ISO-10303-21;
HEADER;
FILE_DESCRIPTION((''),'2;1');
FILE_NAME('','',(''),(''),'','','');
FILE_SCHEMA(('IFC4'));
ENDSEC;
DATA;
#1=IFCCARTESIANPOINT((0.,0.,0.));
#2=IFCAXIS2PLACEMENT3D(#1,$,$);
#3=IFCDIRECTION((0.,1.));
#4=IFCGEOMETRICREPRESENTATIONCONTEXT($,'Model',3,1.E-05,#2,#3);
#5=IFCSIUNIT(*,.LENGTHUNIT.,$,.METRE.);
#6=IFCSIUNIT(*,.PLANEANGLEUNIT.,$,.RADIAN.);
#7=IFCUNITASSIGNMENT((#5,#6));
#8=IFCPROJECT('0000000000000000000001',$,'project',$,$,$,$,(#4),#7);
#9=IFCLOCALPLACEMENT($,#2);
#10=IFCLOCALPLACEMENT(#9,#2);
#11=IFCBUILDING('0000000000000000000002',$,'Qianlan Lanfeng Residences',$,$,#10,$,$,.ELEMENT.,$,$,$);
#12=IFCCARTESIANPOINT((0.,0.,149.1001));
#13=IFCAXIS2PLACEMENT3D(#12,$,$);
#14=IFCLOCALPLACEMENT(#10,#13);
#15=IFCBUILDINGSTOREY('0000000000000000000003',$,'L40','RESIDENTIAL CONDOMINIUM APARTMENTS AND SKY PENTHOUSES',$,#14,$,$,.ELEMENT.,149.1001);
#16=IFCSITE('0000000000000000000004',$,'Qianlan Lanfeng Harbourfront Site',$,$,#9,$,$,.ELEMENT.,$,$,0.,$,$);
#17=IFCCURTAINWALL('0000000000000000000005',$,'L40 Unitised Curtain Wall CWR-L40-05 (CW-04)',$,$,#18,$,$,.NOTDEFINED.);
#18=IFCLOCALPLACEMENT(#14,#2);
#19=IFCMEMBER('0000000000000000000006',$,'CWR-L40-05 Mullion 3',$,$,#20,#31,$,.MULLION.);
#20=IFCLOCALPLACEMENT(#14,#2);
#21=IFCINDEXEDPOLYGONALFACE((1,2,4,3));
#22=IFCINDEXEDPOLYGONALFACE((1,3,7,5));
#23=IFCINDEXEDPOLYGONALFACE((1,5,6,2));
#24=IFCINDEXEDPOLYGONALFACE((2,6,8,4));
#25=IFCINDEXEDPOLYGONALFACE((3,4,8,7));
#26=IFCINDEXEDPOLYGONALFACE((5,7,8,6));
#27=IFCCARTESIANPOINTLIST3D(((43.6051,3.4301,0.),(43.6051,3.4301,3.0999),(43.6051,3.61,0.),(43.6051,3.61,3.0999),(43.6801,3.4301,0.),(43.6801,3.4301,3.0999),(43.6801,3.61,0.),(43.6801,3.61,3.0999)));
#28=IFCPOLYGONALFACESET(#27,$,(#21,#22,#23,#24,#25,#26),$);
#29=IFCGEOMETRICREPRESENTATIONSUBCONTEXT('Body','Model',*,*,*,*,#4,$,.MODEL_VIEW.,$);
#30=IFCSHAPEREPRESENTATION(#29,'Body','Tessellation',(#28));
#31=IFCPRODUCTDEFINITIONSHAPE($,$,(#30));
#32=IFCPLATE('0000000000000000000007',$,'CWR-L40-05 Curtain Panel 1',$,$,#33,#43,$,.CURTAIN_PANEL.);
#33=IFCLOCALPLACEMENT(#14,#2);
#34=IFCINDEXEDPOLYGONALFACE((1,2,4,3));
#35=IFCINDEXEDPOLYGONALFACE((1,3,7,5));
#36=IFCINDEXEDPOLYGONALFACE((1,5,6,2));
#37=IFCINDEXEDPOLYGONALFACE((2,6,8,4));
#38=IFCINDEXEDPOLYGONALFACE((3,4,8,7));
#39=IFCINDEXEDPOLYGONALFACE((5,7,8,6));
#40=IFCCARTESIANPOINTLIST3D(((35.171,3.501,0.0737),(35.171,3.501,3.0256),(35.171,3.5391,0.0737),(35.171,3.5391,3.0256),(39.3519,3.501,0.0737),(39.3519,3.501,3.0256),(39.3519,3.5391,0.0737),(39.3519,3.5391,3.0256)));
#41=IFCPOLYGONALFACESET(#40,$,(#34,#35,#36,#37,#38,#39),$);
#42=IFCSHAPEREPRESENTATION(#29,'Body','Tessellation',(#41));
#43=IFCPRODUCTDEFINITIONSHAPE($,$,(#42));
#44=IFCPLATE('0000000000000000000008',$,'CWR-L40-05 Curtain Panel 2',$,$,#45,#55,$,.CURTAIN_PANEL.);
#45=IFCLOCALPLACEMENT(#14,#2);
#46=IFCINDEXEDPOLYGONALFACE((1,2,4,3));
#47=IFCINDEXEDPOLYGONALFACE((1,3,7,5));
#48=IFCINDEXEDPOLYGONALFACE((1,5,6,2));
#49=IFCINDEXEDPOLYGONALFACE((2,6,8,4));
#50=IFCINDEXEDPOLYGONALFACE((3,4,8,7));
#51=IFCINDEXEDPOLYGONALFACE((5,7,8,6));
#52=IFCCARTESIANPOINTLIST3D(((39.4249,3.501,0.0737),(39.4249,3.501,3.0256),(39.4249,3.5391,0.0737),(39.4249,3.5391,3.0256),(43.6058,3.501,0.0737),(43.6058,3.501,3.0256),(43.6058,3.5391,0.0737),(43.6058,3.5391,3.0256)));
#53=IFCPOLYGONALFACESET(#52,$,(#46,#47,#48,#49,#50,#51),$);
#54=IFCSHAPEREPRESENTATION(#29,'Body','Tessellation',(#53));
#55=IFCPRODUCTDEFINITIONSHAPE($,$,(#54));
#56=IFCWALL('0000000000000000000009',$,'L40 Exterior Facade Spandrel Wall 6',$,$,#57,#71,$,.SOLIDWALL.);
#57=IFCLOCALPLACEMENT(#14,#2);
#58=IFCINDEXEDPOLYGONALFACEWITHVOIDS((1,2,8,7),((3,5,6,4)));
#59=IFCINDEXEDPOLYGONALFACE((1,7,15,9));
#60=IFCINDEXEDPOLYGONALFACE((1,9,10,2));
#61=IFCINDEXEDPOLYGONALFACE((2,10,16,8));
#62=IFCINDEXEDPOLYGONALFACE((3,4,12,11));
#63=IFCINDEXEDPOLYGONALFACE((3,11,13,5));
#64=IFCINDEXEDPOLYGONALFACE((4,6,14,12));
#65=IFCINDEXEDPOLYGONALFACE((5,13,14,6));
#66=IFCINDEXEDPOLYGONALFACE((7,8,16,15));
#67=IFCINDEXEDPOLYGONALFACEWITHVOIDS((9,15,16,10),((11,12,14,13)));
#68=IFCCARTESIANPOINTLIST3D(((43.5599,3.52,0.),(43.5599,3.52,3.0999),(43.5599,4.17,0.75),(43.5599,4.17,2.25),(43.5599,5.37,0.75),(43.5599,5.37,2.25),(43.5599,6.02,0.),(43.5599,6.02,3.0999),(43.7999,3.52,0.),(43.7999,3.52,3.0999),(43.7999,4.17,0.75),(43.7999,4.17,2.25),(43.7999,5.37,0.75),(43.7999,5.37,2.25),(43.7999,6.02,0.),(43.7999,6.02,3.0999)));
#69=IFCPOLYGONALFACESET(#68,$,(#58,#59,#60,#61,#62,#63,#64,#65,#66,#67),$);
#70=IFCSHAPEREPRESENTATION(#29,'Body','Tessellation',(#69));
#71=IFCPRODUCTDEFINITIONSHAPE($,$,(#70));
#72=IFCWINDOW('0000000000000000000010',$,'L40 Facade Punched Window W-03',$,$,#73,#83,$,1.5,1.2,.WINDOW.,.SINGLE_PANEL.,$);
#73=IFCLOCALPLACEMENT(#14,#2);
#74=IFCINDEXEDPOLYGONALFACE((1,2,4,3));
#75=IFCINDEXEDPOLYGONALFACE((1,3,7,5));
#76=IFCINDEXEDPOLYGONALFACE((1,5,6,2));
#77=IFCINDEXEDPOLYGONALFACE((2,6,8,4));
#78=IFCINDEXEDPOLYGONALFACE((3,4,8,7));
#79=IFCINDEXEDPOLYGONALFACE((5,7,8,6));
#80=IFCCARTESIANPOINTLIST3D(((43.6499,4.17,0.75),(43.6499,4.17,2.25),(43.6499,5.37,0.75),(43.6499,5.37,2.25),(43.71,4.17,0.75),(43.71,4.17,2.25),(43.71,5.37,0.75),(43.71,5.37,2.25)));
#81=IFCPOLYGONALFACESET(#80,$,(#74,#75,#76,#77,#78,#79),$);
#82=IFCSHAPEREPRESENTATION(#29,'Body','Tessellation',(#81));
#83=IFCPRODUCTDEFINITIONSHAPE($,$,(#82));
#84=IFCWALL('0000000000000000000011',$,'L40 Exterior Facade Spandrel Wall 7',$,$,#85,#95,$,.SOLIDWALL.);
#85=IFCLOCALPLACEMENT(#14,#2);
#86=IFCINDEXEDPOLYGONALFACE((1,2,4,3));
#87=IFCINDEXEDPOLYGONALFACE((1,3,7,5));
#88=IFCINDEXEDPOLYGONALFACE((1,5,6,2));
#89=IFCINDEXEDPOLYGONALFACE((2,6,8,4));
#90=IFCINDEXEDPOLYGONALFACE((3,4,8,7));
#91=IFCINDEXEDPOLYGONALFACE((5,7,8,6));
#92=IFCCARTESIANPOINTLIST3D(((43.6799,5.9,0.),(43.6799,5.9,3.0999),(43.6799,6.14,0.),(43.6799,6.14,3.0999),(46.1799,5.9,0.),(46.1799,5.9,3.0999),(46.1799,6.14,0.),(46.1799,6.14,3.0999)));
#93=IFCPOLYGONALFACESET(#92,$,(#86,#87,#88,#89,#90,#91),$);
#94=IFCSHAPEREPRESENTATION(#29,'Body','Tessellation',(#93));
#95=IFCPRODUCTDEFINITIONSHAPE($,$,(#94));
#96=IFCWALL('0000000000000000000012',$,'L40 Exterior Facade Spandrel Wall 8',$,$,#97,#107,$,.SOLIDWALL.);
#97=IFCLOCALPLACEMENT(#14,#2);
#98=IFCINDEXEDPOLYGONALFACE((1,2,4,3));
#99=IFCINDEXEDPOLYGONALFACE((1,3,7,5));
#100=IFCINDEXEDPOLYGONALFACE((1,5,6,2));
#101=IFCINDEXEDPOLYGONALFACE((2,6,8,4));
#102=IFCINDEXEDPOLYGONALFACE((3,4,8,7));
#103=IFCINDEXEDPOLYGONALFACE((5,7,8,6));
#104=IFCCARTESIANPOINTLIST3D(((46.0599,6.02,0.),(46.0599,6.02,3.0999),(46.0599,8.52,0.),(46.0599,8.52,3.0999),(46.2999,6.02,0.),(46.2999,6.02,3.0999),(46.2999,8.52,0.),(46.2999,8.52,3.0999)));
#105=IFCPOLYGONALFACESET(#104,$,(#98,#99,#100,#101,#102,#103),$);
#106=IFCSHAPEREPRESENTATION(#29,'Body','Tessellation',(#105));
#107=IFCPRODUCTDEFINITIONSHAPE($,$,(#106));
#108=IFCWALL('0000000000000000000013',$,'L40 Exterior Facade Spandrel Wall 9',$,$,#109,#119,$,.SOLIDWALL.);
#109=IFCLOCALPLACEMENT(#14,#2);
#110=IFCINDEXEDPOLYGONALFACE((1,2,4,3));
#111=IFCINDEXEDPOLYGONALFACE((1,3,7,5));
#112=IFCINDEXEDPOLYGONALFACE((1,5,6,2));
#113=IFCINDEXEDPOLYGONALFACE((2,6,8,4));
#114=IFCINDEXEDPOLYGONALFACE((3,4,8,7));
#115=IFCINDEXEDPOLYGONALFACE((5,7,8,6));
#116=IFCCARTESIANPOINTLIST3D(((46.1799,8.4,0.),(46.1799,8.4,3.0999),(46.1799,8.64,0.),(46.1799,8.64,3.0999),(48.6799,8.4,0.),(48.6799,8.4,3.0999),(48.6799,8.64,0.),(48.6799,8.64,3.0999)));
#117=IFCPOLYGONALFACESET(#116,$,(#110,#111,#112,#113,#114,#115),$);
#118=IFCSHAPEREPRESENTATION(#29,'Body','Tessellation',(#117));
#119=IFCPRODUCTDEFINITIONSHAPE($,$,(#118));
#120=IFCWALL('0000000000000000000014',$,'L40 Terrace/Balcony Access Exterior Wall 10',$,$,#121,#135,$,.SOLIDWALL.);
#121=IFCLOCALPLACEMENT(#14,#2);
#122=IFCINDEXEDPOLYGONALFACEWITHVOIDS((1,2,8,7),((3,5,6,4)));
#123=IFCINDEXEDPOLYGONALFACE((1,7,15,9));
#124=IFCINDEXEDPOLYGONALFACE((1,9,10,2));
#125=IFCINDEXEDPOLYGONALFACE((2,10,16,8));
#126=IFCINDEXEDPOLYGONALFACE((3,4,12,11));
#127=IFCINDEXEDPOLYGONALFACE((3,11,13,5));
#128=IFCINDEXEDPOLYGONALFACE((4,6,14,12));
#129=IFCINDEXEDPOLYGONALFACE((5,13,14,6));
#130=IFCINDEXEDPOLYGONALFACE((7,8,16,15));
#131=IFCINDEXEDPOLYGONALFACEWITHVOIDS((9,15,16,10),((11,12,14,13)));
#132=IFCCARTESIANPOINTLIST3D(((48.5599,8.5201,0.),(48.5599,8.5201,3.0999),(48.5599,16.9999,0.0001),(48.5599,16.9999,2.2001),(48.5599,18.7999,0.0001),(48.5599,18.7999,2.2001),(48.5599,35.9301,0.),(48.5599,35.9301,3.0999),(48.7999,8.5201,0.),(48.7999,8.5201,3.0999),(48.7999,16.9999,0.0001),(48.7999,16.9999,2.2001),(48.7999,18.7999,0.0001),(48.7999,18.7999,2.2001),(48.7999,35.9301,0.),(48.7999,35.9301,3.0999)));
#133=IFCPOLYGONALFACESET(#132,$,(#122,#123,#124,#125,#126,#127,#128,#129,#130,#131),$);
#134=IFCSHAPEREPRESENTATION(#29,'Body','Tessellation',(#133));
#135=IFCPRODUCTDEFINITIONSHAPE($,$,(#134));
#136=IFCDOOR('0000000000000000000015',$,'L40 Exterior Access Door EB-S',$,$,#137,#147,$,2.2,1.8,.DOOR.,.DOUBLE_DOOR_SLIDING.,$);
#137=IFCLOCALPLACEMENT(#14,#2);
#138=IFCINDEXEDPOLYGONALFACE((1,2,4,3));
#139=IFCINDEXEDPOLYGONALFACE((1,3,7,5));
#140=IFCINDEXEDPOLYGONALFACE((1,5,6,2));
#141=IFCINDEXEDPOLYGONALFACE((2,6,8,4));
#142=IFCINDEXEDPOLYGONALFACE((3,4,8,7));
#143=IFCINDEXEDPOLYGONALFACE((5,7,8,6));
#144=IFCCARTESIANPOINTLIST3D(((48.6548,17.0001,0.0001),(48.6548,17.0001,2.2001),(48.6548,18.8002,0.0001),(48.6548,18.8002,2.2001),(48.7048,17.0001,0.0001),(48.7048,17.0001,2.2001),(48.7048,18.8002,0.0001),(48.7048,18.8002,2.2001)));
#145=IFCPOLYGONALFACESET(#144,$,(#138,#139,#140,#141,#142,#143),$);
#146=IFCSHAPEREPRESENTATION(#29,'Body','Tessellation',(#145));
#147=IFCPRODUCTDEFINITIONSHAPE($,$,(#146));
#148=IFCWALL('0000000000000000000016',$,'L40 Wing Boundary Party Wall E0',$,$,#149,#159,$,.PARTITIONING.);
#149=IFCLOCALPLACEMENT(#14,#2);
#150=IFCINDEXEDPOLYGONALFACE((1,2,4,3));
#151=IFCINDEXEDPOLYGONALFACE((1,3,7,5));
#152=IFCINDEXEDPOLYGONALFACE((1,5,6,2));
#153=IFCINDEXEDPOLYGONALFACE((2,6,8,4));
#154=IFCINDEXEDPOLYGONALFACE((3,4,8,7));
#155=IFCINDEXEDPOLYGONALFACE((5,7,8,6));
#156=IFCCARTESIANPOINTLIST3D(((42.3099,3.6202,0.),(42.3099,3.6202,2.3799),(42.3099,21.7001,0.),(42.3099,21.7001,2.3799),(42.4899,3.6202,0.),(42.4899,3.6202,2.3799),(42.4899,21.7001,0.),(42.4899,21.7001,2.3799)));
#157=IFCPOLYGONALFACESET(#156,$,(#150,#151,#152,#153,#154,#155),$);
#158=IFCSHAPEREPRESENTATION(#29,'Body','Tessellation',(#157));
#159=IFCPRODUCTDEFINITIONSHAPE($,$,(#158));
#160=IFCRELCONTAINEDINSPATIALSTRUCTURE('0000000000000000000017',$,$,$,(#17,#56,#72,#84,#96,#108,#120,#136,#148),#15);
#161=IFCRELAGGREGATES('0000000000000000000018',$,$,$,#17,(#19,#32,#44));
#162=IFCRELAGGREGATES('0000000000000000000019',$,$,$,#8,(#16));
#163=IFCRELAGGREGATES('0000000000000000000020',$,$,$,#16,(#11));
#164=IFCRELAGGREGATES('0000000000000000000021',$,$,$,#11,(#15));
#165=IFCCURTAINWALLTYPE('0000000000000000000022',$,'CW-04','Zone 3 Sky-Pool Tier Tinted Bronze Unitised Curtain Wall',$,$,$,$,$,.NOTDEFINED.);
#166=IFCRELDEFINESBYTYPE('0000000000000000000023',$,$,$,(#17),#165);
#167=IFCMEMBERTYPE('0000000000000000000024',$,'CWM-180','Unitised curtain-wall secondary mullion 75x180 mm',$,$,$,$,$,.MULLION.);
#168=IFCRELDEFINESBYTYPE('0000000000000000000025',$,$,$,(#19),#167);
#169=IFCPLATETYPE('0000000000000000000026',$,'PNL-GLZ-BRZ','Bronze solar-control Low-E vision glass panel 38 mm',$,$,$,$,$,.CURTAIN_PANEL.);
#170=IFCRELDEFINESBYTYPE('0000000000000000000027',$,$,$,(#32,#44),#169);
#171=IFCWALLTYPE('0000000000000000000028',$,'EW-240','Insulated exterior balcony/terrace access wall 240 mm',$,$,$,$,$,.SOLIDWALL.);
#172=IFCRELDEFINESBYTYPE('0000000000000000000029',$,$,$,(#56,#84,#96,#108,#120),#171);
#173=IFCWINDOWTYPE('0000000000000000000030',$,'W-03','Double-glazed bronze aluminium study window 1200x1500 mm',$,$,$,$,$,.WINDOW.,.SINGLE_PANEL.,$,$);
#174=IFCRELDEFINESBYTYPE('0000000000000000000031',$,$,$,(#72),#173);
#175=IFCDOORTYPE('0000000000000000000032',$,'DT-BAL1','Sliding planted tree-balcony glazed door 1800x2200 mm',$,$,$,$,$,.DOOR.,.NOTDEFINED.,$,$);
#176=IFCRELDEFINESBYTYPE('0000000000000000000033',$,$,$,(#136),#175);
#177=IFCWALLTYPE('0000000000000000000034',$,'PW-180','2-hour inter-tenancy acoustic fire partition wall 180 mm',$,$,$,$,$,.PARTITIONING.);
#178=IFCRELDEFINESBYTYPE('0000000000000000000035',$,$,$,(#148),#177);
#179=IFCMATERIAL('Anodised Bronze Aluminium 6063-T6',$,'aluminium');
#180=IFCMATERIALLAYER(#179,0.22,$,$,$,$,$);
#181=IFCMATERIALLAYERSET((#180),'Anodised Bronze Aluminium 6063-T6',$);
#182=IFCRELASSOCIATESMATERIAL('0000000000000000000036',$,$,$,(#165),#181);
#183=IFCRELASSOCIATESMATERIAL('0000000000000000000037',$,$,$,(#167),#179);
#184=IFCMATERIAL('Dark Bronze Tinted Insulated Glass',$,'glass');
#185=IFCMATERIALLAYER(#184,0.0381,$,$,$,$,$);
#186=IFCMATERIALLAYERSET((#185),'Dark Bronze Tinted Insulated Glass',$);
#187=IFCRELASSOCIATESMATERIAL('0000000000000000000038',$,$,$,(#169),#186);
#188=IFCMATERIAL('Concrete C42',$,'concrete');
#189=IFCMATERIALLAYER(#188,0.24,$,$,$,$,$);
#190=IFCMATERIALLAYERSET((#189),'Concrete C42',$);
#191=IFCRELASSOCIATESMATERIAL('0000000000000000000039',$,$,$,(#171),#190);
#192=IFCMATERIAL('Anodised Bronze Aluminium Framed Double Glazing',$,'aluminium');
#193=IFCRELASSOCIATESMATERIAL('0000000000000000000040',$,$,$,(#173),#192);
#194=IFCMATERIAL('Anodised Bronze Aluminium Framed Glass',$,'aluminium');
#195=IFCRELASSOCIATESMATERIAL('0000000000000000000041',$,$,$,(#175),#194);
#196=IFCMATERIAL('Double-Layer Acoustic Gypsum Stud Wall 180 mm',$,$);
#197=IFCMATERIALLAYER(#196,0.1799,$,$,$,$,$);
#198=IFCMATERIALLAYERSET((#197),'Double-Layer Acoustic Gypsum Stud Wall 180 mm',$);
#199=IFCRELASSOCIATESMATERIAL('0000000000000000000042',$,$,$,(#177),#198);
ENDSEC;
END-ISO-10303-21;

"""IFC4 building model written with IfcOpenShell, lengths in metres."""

from ifc_helpers import new_model, si_unit, direction, frame, frame_2d, origin, origin_2d, place, context, subcontext, project, spatial, rectangle, extrude, source, transform, mapped, material, layer, layer_set, material_profile, profile_set, type_object, element, fill, aggregate, save


model = new_model("IFC4")

# Units and contexts
model_context = context("Model", 3, precision=1e-05, world=origin(), true_north=direction((0.0, 1.0)))
body_context = subcontext(model_context, "Body", "Model", "MODEL_VIEW")
ifc_project = project(units=[si_unit("LENGTHUNIT", "METRE"), si_unit("PLANEANGLEUNIT", "RADIAN")], contexts=[model_context])

# Site, building, storey
site_placement = place(None, origin())
site = spatial("IfcSite", under=ifc_project, at=site_placement, Name="Qianlan Lanfeng Harbourfront Site", CompositionType="ELEMENT", RefElevation=0.0)
building_placement = place(site_placement, origin())
building = spatial("IfcBuilding", under=site, at=building_placement, Name="Qianlan Lanfeng Residences", CompositionType="ELEMENT")
storey_placement = place(building_placement, frame((0.0, 0.0, 149.1001)))
storey = spatial("IfcBuildingStorey", under=building, at=storey_placement, Name="L40", Description="RESIDENTIAL CONDOMINIUM APARTMENTS AND SKY PENTHOUSES", CompositionType="ELEMENT", Elevation=149.1001)

# Curtain wall, member, plates
ifc_material_1 = material(Name="Anodised Bronze Aluminium 6063-T6", Category="aluminium")
ifc_layer_1 = layer(ifc_material_1, 0.22)
ifc_layer_set_1 = layer_set([ifc_layer_1], Name="Anodised Bronze Aluminium 6063-T6")
curtain_wall_type = type_object("IfcCurtainWallType", Name="CW-04", Description="Zone 3 Sky-Pool Tier Tinted Bronze Unitised Curtain Wall", PredefinedType="NOTDEFINED", material=ifc_layer_set_1)
curtain_wall_placement = place(storey_placement, origin())
curtain_wall = element("IfcCurtainWall", 1, at=curtain_wall_placement, inside=storey, type_object=curtain_wall_type, Name="L40 Unitised Curtain Wall CWR-L40-05 (CW-04)", PredefinedType="NOTDEFINED")
ifc_material_profile_1 = material_profile(ifc_material_1, rectangle(XDim=0.075, YDim=0.1799, at=origin_2d()), Name="ALU MULLION 75x180")
ifc_profile_set_1 = profile_set([ifc_material_profile_1], Name="Anodised Bronze Aluminium 6063-T6")
member_type_1 = type_object("IfcMemberType", Name="CWM-180", Description="Unitised curtain-wall secondary mullion 75x180 mm", PredefinedType="MULLION", material=ifc_profile_set_1)
shared_shape_1 = source(origin(), body_context, "Body", "SweptSolid", [
    extrude(rectangle(XDim=0.075, YDim=0.1799, at=origin_2d()), origin(), (0.0, 0.0, 1.0), 3.0999),
])
member_1_placement = place(storey_placement, frame((43.6426, 3.52, 0.0), z_axis=(0.0, 0.0, 1.0), x_axis=(1.0, 0.0, 0.0)))
member_1 = element("IfcMember", 2, at=member_1_placement, type_object=member_type_1, Name="CWR-L40-05 Mullion 3", PredefinedType="MULLION", context=body_context, shape_type="MappedRepresentation", body=[
    mapped(shared_shape_1, transform((0.0, 0.0, 0.0), scale=1.0)),
])
ifc_material_2 = material(Name="Dark Bronze Tinted Insulated Glass", Category="glass")
ifc_layer_2 = layer(ifc_material_2, 0.0381)
ifc_layer_set_2 = layer_set([ifc_layer_2], Name="Dark Bronze Tinted Insulated Glass")
plate_type = type_object("IfcPlateType", Name="PNL-GLZ-BRZ", Description="Bronze solar-control Low-E vision glass panel 38 mm", PredefinedType="CURTAIN_PANEL", material=ifc_layer_set_2)
shared_shape_2 = source(origin(), body_context, "Body", "SweptSolid", [
    extrude(rectangle(XDim=4.1809, YDim=0.0381, at=origin_2d()), origin(), (0.0, 0.0, 1.0), 2.9519),
])
plate_1_placement = place(storey_placement, frame((37.2615, 3.52, 0.0737), z_axis=(0.0, 0.0, 1.0), x_axis=(1.0, 0.0, 0.0)))
plate_1 = element("IfcPlate", 3, at=plate_1_placement, type_object=plate_type, Name="CWR-L40-05 Curtain Panel 1", PredefinedType="CURTAIN_PANEL", context=body_context, shape_type="MappedRepresentation", body=[
    mapped(shared_shape_2, transform((0.0, 0.0, 0.0), scale=1.0)),
])
plate_2_placement = place(storey_placement, frame((41.5154, 3.52, 0.0737), z_axis=(0.0, 0.0, 1.0), x_axis=(1.0, 0.0, 0.0)))
plate_2 = element("IfcPlate", 4, at=plate_2_placement, type_object=plate_type, Name="CWR-L40-05 Curtain Panel 2", PredefinedType="CURTAIN_PANEL", context=body_context, shape_type="MappedRepresentation", body=[
    mapped(shared_shape_2, transform((0.0, 0.0, 0.0), scale=1.0)),
])
aggregate(curtain_wall, [member_1, plate_1, plate_2])

# Wall, opening, window
ifc_material_3 = material(Name="Concrete C42", Category="concrete")
ifc_layer_3 = layer(ifc_material_3, 0.24)
ifc_layer_set_3 = layer_set([ifc_layer_3], Name="Concrete C42")
wall_type_1 = type_object("IfcWallType", Name="EW-240", Description="Insulated exterior balcony/terrace access wall 240 mm", PredefinedType="SOLIDWALL", material=ifc_layer_set_3)
wall_1_placement = place(storey_placement, frame((43.6799, 3.52, 0.0), z_axis=(0.0, 0.0, 1.0), x_axis=(0.0, 1.0, 0.0)))
wall_1 = element("IfcWall", 5, at=wall_1_placement, inside=storey, type_object=wall_type_1, Name="L40 Exterior Facade Spandrel Wall 6", PredefinedType="SOLIDWALL", context=body_context, shape_type="SweptSolid", body=[
    extrude(rectangle(XDim=2.5, YDim=0.24, at=frame_2d((1.25, 0.0))), origin(), (0.0, 0.0, 1.0), 3.0999),
])
opening_1_placement = place(wall_1_placement, frame((0.6499, 0.0, 0.75)))
opening_1 = element("IfcOpeningElement", 6, at=opening_1_placement, cuts=wall_1, PredefinedType="OPENING", context=body_context, shape_type="SweptSolid", body=[
    extrude(rectangle(XDim=1.2, YDim=1.5, at=frame_2d((0.6001, 0.75))), frame((0.0, 0.1299, 0.0), z_axis=(0.0, -1.0, 0.0), x_axis=(1.0, 0.0, 0.0)), (0.0, 0.0, 1.0), 0.26),
])
ifc_material_4 = material(Name="Anodised Bronze Aluminium Framed Double Glazing", Category="aluminium")
window_type = type_object("IfcWindowType", Name="W-03", Description="Double-glazed bronze aluminium study window 1200x1500 mm", PartitioningType="SINGLE_PANEL", PredefinedType="WINDOW", material=ifc_material_4)
window_placement = place(opening_1_placement, origin())
window = element("IfcWindow", 7, at=window_placement, inside=storey, type_object=window_type, Name="L40 Facade Punched Window W-03", OverallHeight=1.5, OverallWidth=1.2, PartitioningType="SINGLE_PANEL", PredefinedType="WINDOW", context=body_context, shape_type="SweptSolid", body=[
    extrude(rectangle(XDim=1.2, YDim=1.5, at=frame_2d((0.6001, 0.75))), frame((0.0, 0.03, 0.0), z_axis=(0.0, -1.0, 0.0), x_axis=(1.0, 0.0, 0.0)), (0.0, 0.0, 1.0), 0.0601),
])
fill(opening_1, window)

# Walls
for number, where, z_axis, x_axis, name in (
    (8, (43.6799, 6.02, 0.0), (0.0, 0.0, 1.0), (1.0, 0.0, 0.0), "L40 Exterior Facade Spandrel Wall 7"),
    (9, (46.1799, 6.02, 0.0), (0.0, 0.0, 1.0), (0.0, 1.0, 0.0), "L40 Exterior Facade Spandrel Wall 8"),
    (10, (46.1799, 8.52, 0.0), (0.0, 0.0, 1.0), (1.0, 0.0, 0.0), "L40 Exterior Facade Spandrel Wall 9"),
):
    element("IfcWall", number, at=place(storey_placement, frame(where, z_axis=z_axis, x_axis=x_axis)), inside=storey, type_object=wall_type_1, Name=name, PredefinedType="SOLIDWALL", context=body_context, shape_type="SweptSolid", body=[
        extrude(rectangle(XDim=2.5, YDim=0.24, at=frame_2d((1.25, 0.0))), origin(), (0.0, 0.0, 1.0), 3.0999),
    ])

# Wall, opening, door
wall_2_placement = place(storey_placement, frame((48.6799, 8.52, 0.0), z_axis=(0.0, 0.0, 1.0), x_axis=(0.0, 1.0, 0.0)))
wall_2 = element("IfcWall", 11, at=wall_2_placement, inside=storey, type_object=wall_type_1, Name="L40 Terrace/Balcony Access Exterior Wall 10", PredefinedType="SOLIDWALL", context=body_context, shape_type="SweptSolid", body=[
    extrude(rectangle(XDim=27.4099, YDim=0.24, at=frame_2d((13.7051, 0.0))), origin(), (0.0, 0.0, 1.0), 3.0999),
])
opening_2_placement = place(wall_2_placement, frame((8.48, 0.0, 0.0)))
opening_2 = element("IfcOpeningElement", 12, at=opening_2_placement, cuts=wall_2, PredefinedType="OPENING", context=body_context, shape_type="SweptSolid", body=[
    extrude(rectangle(XDim=1.8, YDim=2.2, at=frame_2d((0.8999, 1.1001))), frame((0.0, 0.1299, 0.0), z_axis=(0.0, -1.0, 0.0), x_axis=(1.0, 0.0, 0.0)), (0.0, 0.0, 1.0), 0.26),
])
ifc_material_5 = material(Name="Anodised Bronze Aluminium Framed Glass", Category="aluminium")
door_type = type_object("IfcDoorType", Name="DT-BAL1", Description="Sliding planted tree-balcony glazed door 1800x2200 mm", OperationType="NOTDEFINED", PredefinedType="DOOR", material=ifc_material_5)
door_placement = place(opening_2_placement, frame((1.8, 0.0, 0.0), z_axis=(0.0, 0.0, 1.0), x_axis=(-1.0, 0.0, 0.0)))
door = element("IfcDoor", 13, at=door_placement, inside=storey, type_object=door_type, Name="L40 Exterior Access Door EB-S", OperationType="DOUBLE_DOOR_SLIDING", OverallHeight=2.2, OverallWidth=1.8, PredefinedType="DOOR", context=body_context, shape_type="SweptSolid", body=[
    extrude(rectangle(XDim=1.8, YDim=2.2, at=frame_2d((0.8999, 1.1001))), frame((0.0, 0.0249, 0.0), z_axis=(0.0, -1.0, 0.0), x_axis=(1.0, 0.0, 0.0)), (0.0, 0.0, 1.0), 0.05),
])
fill(opening_2, door)

# Wall
ifc_material_6 = material(Name="Double-Layer Acoustic Gypsum Stud Wall 180 mm")
ifc_layer_4 = layer(ifc_material_6, 0.1799)
ifc_layer_set_4 = layer_set([ifc_layer_4], Name="Double-Layer Acoustic Gypsum Stud Wall 180 mm")
wall_type_2 = type_object("IfcWallType", Name="PW-180", Description="2-hour inter-tenancy acoustic fire partition wall 180 mm", PredefinedType="PARTITIONING", material=ifc_layer_set_4)
wall_3_placement = place(storey_placement, frame((42.3999, 3.6201, 0.0), z_axis=(0.0, 0.0, 1.0), x_axis=(0.0, 1.0, 0.0)))
element("IfcWall", 14, at=wall_3_placement, inside=storey, type_object=wall_type_2, Name="L40 Wing Boundary Party Wall E0", PredefinedType="PARTITIONING", context=body_context, shape_type="SweptSolid", body=[
    extrude(rectangle(XDim=18.0798, YDim=0.1799, at=frame_2d((9.04, 0.0))), origin(), (0.0, 0.0, 1.0), 2.3799),
])

save(model, "model.ifc")
